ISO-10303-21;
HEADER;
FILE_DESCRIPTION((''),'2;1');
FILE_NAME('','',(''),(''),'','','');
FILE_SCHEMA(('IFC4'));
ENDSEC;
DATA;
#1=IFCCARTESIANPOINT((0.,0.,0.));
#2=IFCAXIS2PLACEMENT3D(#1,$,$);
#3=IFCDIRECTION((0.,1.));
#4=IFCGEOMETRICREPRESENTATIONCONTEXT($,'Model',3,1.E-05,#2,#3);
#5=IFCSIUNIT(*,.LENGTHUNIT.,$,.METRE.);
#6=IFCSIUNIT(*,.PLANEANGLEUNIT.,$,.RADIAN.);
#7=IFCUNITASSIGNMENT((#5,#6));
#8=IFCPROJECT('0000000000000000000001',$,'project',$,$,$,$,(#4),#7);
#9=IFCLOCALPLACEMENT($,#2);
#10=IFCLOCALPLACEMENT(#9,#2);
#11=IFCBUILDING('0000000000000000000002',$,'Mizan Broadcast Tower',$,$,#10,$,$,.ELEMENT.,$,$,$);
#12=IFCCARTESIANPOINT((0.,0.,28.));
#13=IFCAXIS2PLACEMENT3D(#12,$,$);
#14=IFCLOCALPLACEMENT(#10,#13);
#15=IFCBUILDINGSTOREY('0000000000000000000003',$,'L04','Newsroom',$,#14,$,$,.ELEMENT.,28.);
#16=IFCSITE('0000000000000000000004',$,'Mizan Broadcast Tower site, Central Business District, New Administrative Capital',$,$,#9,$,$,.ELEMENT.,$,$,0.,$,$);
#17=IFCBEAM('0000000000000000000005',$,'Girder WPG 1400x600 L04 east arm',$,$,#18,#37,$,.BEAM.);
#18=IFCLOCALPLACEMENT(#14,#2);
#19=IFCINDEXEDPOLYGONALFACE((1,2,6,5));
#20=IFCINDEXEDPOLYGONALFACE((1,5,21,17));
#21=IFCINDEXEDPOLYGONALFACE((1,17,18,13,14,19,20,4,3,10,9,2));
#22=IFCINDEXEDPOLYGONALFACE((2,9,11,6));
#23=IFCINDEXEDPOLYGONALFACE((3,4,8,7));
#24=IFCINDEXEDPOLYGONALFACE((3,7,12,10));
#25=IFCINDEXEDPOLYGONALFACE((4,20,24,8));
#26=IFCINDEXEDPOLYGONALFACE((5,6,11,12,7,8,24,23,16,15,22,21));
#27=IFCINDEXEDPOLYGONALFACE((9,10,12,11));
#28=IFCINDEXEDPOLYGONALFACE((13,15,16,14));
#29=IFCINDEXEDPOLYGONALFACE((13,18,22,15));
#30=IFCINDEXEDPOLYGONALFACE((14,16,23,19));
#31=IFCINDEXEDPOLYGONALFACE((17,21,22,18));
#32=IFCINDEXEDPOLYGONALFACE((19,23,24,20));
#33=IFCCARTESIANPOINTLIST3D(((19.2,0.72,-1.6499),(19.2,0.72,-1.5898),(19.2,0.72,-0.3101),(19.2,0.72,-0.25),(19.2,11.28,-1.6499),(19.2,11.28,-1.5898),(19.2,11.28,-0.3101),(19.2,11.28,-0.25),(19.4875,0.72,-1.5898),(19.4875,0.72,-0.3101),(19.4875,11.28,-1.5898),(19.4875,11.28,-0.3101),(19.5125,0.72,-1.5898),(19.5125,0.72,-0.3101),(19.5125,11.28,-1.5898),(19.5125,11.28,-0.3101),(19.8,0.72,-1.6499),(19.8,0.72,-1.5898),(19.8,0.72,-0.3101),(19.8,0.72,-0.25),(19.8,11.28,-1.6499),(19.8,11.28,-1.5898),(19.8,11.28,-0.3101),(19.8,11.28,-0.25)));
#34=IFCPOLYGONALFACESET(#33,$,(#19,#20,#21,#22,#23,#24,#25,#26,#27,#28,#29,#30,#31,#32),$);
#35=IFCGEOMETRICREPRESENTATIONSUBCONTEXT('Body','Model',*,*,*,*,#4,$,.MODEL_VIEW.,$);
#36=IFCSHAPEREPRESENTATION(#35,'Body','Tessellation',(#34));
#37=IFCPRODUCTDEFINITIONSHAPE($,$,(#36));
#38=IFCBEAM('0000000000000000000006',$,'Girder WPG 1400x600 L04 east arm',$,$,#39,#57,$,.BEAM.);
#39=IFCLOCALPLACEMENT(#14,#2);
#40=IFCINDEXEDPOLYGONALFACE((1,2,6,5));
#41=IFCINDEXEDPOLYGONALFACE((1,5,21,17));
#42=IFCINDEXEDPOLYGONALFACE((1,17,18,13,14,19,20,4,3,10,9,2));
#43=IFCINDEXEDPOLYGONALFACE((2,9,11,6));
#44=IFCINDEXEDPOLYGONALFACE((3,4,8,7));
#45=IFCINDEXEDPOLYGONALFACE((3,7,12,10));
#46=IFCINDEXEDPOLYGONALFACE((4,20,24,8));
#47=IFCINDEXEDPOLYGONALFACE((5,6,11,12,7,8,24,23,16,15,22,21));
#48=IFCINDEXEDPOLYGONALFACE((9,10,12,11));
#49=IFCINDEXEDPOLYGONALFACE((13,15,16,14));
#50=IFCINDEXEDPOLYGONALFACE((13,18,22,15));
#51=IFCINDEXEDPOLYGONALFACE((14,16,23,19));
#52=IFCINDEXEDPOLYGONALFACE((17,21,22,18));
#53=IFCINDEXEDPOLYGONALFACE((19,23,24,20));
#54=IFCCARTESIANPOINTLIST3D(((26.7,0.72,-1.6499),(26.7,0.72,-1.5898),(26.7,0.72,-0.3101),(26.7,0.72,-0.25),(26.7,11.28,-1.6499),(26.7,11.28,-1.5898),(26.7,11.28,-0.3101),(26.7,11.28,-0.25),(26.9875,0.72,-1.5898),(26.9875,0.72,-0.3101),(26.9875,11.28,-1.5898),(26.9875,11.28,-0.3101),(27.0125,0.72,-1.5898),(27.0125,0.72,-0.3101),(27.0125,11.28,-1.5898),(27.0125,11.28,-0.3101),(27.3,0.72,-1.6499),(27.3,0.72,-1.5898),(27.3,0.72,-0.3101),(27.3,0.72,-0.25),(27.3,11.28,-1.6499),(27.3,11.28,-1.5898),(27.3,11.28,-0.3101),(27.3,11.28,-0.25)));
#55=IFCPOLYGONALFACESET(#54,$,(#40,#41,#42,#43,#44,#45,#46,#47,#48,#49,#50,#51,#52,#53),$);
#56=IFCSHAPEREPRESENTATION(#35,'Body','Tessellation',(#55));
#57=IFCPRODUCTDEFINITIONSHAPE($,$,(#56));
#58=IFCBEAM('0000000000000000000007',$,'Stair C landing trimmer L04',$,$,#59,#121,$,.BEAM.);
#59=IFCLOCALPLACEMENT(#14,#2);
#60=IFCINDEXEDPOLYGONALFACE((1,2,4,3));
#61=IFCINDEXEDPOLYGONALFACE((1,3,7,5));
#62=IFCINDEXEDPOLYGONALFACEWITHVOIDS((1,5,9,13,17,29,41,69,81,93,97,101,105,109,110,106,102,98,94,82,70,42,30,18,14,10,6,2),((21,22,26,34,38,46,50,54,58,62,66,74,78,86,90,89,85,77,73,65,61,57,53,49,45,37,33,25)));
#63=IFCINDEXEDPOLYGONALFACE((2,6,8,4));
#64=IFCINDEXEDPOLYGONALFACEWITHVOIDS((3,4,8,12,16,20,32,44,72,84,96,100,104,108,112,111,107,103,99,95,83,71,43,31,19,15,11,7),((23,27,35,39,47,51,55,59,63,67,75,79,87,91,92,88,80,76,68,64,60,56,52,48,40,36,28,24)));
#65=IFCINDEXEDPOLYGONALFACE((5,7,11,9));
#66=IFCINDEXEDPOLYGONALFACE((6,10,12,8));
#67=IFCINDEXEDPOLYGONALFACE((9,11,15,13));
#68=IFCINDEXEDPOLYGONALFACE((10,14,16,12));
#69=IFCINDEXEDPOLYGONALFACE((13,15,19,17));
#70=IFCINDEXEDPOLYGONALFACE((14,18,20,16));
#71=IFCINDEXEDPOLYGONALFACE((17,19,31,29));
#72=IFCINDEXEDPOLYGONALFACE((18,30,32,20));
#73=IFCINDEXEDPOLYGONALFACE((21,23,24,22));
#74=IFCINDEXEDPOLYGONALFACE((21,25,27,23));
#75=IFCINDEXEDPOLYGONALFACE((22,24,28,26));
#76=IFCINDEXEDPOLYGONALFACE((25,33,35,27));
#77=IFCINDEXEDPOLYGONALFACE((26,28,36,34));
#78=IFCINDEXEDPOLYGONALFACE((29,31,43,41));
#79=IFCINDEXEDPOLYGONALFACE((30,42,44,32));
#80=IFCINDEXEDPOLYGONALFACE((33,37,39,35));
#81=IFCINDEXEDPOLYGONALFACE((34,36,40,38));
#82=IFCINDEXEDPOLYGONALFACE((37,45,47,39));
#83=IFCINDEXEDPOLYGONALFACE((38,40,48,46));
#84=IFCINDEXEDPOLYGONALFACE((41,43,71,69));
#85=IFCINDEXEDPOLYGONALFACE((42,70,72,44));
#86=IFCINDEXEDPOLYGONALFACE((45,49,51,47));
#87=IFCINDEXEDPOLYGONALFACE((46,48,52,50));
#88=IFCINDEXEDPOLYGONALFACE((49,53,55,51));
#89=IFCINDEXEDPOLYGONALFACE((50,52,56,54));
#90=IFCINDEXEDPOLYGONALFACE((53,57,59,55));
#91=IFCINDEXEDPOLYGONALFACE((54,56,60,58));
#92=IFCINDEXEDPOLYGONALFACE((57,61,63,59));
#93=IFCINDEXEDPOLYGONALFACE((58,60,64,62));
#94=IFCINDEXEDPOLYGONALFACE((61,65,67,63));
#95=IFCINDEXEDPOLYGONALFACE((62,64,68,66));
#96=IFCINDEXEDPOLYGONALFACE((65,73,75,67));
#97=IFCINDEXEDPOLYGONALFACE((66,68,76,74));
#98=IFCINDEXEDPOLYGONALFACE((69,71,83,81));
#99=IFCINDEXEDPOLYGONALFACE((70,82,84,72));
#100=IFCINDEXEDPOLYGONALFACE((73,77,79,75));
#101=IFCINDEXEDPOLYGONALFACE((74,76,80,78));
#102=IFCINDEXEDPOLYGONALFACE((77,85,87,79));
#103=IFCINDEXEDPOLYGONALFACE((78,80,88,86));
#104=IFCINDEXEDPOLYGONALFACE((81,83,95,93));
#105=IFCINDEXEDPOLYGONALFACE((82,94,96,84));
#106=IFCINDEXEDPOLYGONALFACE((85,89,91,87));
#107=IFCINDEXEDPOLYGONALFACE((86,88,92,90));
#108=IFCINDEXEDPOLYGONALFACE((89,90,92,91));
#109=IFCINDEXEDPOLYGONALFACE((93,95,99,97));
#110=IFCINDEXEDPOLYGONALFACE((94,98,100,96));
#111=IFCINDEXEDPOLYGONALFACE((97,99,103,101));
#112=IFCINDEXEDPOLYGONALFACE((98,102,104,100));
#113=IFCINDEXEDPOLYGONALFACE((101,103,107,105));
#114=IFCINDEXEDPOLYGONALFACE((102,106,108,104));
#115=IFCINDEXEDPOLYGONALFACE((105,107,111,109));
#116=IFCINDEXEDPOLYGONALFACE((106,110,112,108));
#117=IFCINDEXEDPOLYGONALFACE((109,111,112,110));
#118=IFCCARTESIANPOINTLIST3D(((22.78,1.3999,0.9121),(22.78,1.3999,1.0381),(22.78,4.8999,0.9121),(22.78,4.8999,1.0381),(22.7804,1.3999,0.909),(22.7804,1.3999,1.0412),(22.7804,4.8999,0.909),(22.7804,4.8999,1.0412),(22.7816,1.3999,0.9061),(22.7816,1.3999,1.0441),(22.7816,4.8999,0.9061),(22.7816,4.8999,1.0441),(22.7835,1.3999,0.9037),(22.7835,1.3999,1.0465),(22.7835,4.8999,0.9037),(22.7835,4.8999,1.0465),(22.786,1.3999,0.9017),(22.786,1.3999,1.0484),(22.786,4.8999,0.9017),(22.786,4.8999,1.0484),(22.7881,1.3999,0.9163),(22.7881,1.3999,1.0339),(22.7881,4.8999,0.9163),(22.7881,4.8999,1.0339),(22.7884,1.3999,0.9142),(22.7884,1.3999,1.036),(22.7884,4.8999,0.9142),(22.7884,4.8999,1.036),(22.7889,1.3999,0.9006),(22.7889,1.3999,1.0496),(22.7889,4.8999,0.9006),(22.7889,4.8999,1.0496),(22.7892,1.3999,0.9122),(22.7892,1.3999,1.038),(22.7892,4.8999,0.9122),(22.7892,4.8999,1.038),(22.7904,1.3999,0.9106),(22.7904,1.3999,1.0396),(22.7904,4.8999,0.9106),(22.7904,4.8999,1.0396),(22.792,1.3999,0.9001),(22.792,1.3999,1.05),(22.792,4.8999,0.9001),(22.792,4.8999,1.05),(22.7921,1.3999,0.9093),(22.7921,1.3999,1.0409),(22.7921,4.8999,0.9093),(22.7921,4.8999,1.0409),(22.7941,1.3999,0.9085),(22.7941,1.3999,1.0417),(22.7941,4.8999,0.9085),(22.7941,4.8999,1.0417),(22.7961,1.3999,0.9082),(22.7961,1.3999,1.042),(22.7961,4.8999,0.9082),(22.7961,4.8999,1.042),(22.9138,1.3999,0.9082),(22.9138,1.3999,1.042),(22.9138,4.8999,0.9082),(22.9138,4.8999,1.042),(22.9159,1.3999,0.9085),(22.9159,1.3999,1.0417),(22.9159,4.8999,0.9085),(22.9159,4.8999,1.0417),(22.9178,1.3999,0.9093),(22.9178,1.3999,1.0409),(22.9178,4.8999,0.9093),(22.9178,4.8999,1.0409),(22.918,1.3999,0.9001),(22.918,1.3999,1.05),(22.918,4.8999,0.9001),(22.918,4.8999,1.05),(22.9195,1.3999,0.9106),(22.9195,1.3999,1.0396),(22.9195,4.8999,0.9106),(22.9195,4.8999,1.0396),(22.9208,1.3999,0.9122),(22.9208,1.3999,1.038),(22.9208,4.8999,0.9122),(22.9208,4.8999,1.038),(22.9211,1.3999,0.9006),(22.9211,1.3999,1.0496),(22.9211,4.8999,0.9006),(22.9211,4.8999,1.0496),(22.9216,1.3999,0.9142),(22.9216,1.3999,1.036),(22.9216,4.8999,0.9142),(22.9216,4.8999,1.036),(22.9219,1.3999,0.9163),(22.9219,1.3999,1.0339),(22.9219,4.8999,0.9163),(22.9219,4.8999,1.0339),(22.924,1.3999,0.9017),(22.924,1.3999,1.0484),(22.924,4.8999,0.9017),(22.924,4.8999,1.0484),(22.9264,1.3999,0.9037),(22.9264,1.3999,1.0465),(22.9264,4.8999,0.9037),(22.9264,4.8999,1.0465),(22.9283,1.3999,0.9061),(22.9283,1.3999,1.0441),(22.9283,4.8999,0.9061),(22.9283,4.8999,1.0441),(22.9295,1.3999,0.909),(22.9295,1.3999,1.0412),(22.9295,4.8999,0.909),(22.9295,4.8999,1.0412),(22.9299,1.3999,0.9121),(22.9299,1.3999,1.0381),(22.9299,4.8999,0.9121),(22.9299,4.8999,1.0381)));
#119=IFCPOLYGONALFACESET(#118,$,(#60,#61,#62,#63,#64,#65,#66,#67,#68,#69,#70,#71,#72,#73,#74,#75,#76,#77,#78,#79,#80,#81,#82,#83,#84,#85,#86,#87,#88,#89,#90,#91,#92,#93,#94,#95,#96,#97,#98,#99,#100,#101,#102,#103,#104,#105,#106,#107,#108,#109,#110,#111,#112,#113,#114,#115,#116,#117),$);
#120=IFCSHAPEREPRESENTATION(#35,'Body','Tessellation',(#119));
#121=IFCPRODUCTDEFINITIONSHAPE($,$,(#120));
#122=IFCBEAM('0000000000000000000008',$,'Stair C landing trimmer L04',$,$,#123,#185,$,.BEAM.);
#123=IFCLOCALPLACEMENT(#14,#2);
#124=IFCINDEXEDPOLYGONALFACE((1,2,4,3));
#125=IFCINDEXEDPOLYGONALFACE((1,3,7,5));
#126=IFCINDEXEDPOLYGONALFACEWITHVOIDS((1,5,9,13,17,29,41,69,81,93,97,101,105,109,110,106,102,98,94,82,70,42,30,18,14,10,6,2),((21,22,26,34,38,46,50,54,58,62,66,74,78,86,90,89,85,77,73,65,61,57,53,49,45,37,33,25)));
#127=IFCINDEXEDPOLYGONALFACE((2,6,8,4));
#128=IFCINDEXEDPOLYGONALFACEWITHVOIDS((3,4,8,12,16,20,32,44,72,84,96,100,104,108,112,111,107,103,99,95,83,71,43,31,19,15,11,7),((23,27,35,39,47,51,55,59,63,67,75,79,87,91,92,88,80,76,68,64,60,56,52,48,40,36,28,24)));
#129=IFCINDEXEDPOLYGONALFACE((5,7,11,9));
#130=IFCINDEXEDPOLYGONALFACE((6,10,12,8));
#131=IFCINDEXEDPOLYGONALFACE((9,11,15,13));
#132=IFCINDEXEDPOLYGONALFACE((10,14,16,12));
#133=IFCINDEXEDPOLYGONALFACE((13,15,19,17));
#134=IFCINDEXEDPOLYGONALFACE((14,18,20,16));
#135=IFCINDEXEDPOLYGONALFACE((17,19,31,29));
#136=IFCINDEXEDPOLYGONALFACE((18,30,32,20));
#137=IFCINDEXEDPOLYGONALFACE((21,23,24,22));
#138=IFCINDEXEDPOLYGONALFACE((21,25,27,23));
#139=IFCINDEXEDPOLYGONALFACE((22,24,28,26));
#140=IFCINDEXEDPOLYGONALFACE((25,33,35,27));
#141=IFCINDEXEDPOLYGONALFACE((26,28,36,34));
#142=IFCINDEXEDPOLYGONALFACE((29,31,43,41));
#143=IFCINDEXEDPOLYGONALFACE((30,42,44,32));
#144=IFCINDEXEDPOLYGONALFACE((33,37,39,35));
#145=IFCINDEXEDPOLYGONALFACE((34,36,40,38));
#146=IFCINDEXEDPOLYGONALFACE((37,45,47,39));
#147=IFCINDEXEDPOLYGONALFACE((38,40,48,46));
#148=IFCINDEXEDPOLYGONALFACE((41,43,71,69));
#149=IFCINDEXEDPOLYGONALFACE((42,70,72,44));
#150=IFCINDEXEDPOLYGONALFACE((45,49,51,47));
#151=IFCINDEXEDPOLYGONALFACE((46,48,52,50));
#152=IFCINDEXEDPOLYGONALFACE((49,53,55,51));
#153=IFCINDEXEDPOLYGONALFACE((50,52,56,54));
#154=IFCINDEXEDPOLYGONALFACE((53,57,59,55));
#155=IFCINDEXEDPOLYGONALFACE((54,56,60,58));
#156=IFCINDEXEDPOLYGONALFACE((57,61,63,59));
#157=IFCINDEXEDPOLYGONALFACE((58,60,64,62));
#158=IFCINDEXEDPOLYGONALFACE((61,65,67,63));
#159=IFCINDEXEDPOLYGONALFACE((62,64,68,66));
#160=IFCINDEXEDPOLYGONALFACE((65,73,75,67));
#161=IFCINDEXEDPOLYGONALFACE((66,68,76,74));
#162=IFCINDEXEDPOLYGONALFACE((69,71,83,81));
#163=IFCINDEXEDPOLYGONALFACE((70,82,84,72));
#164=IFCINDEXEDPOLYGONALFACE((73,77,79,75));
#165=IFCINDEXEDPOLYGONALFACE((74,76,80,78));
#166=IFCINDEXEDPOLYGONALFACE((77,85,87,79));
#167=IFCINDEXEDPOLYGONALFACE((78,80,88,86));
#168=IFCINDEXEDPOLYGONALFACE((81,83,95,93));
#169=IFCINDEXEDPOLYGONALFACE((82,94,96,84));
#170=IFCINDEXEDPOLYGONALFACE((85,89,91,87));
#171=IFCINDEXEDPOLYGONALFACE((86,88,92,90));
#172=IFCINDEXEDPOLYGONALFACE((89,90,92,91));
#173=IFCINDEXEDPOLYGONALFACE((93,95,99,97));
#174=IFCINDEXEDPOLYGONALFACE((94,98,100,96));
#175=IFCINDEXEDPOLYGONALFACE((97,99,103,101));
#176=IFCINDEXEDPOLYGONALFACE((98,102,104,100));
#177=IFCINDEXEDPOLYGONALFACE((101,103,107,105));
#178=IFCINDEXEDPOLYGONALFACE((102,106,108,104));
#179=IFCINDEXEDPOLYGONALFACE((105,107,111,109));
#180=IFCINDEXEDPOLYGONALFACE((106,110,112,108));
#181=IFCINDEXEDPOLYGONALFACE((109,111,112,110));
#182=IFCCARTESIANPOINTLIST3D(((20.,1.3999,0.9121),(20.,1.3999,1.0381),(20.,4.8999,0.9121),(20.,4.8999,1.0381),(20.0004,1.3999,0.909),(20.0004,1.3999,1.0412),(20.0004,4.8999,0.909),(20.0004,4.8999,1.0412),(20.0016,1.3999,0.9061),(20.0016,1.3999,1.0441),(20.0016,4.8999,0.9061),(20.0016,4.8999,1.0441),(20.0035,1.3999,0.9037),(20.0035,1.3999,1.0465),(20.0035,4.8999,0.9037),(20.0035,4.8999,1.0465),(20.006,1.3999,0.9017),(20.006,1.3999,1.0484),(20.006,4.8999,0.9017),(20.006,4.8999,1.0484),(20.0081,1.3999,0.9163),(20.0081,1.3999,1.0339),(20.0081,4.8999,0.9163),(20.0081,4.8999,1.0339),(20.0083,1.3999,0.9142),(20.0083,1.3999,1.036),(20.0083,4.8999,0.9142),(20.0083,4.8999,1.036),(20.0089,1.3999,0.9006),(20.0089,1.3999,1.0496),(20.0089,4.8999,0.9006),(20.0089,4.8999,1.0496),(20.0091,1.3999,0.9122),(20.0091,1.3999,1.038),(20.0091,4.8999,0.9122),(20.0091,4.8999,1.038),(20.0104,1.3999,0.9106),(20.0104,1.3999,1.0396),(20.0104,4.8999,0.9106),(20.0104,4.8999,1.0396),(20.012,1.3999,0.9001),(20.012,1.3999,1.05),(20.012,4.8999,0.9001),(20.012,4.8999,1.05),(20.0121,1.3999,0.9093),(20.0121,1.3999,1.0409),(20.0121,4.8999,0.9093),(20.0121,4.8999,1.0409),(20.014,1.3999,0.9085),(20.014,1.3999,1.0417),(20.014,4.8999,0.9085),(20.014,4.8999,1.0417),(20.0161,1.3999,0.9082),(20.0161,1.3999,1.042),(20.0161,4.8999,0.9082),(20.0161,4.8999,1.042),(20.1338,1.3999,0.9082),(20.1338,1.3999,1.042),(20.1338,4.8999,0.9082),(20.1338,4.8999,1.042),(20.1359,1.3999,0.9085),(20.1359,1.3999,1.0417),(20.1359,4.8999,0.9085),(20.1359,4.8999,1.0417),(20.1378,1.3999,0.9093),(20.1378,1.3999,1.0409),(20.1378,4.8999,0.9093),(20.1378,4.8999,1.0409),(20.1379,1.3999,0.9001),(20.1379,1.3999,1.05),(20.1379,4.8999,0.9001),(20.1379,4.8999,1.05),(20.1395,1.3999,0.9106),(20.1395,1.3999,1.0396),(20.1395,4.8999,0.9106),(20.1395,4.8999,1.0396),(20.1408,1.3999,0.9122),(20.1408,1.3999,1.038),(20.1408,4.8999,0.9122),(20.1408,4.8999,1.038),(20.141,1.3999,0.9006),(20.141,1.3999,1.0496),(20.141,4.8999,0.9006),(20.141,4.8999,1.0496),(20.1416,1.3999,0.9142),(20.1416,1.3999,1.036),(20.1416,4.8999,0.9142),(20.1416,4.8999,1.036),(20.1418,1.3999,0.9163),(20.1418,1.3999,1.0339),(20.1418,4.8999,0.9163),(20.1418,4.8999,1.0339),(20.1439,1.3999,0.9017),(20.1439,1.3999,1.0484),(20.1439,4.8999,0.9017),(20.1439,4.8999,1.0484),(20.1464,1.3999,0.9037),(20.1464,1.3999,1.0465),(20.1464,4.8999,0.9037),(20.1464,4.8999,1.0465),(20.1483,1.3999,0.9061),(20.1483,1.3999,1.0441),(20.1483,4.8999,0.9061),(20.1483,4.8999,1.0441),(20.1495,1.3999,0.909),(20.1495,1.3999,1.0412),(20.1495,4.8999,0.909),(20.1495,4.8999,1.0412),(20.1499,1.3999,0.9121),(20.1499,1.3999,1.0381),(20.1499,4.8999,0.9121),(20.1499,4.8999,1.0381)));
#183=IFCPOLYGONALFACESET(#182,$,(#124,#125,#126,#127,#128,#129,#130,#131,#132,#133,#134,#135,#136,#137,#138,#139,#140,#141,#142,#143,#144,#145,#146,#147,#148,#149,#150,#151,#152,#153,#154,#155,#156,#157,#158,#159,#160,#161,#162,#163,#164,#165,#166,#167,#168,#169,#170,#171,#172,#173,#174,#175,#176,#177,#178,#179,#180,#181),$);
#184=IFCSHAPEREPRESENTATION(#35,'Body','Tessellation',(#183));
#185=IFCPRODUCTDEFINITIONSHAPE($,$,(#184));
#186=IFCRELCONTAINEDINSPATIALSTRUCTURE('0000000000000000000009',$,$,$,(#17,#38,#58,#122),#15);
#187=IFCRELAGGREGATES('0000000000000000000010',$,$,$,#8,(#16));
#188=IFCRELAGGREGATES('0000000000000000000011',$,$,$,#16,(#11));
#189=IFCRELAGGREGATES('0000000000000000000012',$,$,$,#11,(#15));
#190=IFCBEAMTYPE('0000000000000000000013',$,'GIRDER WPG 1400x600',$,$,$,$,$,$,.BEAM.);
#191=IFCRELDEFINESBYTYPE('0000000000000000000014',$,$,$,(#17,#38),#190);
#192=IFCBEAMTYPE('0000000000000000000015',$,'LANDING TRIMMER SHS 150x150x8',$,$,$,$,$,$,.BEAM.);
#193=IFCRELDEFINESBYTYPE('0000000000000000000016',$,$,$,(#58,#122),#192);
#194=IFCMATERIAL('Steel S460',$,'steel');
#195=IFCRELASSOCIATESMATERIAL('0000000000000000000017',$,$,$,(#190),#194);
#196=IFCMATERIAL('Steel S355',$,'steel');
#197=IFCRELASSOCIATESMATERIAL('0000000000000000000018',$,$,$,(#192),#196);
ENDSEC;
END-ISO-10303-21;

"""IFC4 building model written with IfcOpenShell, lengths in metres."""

from ifc_helpers import new_model, si_unit, direction, frame, origin, origin_2d, place, context, subcontext, project, spatial, hollow_rectangle, i_section, extrude, material, material_profile, profile_set, type_object, element, save


model = new_model("IFC4")

# Units and contexts
model_context = context("Model", 3, precision=1e-05, world=origin(), true_north=direction((0.0, 1.0)))
body_context = subcontext(model_context, "Body", "Model", "MODEL_VIEW")
ifc_project = project(units=[si_unit("LENGTHUNIT", "METRE"), si_unit("PLANEANGLEUNIT", "RADIAN")], contexts=[model_context])

# Site, building, storey
site_placement = place(None, origin())
site = spatial("IfcSite", under=ifc_project, at=site_placement, Name="Mizan Broadcast Tower site, Central Business District, New Administrative Capital", CompositionType="ELEMENT", RefElevation=0.0)
building_placement = place(site_placement, origin())
building = spatial("IfcBuilding", under=site, at=building_placement, Name="Mizan Broadcast Tower", CompositionType="ELEMENT")
storey_placement = place(building_placement, frame((0.0, 0.0, 28.0)))
storey = spatial("IfcBuildingStorey", under=building, at=storey_placement, Name="L04", Description="Newsroom", CompositionType="ELEMENT", Elevation=28.0)

# Beams
ifc_material_1 = material(Name="Steel S460", Category="steel")
ifc_material_profile_1 = material_profile(ifc_material_1, i_section(OverallWidth=0.6001, OverallDepth=1.3999, WebThickness=0.0249, FlangeThickness=0.0601, at=origin_2d()), Name="WPG 1400x600")
ifc_profile_set_1 = profile_set([ifc_material_profile_1], Name="Steel S460")
beam_type_1 = type_object("IfcBeamType", Name="GIRDER WPG 1400x600", PredefinedType="BEAM", material=ifc_profile_set_1)
for number, where, z_axis, x_axis, name in (
    (1, (19.5, 0.72, -0.95), (0.0, 1.0, 0.0), (-1.0, 0.0, 0.0), "Girder WPG 1400x600 L04 east arm"),
    (2, (27.0, 0.72, -0.95), (0.0, 1.0, 0.0), (-1.0, 0.0, 0.0), "Girder WPG 1400x600 L04 east arm"),
):
    element("IfcBeam", number, at=place(storey_placement, frame(where, z_axis=z_axis, x_axis=x_axis)), inside=storey, type_object=beam_type_1, Name=name, PredefinedType="BEAM", context=body_context, shape_type="SweptSolid", body=[
        extrude(i_section(OverallWidth=0.6001, OverallDepth=1.3999, WebThickness=0.0249, FlangeThickness=0.0601, at=origin_2d()), origin(), (0.0, 0.0, 1.0), 10.5601),
    ])
ifc_material_2 = material(Name="Steel S355", Category="steel")
ifc_material_profile_2 = material_profile(ifc_material_2, hollow_rectangle(XDim=0.1499, YDim=0.1499, WallThickness=0.0081, InnerFilletRadius=0.0081, OuterFilletRadius=0.012, at=origin_2d()), Name="SHS 150x150x8")
ifc_profile_set_2 = profile_set([ifc_material_profile_2], Name="Steel S355")
beam_type_2 = type_object("IfcBeamType", Name="LANDING TRIMMER SHS 150x150x8", PredefinedType="BEAM", material=ifc_profile_set_2)
for number, where, z_axis, x_axis, name in (
    (3, (22.855, 1.3999, 0.9751), (0.0, 1.0, 0.0), (-1.0, 0.0, 0.0), "Stair C landing trimmer L04"),
    (4, (20.075, 1.3999, 0.9751), (0.0, 1.0, 0.0), (-1.0, 0.0, 0.0), "Stair C landing trimmer L04"),
):
    element("IfcBeam", number, at=place(storey_placement, frame(where, z_axis=z_axis, x_axis=x_axis)), inside=storey, type_object=beam_type_2, Name=name, PredefinedType="BEAM", context=body_context, shape_type="SweptSolid", body=[
        extrude(hollow_rectangle(XDim=0.1499, YDim=0.1499, WallThickness=0.0081, InnerFilletRadius=0.0081, OuterFilletRadius=0.012, at=origin_2d()), origin(), (0.0, 0.0, 1.0), 3.5),
    ])

save(model, "model.ifc")
